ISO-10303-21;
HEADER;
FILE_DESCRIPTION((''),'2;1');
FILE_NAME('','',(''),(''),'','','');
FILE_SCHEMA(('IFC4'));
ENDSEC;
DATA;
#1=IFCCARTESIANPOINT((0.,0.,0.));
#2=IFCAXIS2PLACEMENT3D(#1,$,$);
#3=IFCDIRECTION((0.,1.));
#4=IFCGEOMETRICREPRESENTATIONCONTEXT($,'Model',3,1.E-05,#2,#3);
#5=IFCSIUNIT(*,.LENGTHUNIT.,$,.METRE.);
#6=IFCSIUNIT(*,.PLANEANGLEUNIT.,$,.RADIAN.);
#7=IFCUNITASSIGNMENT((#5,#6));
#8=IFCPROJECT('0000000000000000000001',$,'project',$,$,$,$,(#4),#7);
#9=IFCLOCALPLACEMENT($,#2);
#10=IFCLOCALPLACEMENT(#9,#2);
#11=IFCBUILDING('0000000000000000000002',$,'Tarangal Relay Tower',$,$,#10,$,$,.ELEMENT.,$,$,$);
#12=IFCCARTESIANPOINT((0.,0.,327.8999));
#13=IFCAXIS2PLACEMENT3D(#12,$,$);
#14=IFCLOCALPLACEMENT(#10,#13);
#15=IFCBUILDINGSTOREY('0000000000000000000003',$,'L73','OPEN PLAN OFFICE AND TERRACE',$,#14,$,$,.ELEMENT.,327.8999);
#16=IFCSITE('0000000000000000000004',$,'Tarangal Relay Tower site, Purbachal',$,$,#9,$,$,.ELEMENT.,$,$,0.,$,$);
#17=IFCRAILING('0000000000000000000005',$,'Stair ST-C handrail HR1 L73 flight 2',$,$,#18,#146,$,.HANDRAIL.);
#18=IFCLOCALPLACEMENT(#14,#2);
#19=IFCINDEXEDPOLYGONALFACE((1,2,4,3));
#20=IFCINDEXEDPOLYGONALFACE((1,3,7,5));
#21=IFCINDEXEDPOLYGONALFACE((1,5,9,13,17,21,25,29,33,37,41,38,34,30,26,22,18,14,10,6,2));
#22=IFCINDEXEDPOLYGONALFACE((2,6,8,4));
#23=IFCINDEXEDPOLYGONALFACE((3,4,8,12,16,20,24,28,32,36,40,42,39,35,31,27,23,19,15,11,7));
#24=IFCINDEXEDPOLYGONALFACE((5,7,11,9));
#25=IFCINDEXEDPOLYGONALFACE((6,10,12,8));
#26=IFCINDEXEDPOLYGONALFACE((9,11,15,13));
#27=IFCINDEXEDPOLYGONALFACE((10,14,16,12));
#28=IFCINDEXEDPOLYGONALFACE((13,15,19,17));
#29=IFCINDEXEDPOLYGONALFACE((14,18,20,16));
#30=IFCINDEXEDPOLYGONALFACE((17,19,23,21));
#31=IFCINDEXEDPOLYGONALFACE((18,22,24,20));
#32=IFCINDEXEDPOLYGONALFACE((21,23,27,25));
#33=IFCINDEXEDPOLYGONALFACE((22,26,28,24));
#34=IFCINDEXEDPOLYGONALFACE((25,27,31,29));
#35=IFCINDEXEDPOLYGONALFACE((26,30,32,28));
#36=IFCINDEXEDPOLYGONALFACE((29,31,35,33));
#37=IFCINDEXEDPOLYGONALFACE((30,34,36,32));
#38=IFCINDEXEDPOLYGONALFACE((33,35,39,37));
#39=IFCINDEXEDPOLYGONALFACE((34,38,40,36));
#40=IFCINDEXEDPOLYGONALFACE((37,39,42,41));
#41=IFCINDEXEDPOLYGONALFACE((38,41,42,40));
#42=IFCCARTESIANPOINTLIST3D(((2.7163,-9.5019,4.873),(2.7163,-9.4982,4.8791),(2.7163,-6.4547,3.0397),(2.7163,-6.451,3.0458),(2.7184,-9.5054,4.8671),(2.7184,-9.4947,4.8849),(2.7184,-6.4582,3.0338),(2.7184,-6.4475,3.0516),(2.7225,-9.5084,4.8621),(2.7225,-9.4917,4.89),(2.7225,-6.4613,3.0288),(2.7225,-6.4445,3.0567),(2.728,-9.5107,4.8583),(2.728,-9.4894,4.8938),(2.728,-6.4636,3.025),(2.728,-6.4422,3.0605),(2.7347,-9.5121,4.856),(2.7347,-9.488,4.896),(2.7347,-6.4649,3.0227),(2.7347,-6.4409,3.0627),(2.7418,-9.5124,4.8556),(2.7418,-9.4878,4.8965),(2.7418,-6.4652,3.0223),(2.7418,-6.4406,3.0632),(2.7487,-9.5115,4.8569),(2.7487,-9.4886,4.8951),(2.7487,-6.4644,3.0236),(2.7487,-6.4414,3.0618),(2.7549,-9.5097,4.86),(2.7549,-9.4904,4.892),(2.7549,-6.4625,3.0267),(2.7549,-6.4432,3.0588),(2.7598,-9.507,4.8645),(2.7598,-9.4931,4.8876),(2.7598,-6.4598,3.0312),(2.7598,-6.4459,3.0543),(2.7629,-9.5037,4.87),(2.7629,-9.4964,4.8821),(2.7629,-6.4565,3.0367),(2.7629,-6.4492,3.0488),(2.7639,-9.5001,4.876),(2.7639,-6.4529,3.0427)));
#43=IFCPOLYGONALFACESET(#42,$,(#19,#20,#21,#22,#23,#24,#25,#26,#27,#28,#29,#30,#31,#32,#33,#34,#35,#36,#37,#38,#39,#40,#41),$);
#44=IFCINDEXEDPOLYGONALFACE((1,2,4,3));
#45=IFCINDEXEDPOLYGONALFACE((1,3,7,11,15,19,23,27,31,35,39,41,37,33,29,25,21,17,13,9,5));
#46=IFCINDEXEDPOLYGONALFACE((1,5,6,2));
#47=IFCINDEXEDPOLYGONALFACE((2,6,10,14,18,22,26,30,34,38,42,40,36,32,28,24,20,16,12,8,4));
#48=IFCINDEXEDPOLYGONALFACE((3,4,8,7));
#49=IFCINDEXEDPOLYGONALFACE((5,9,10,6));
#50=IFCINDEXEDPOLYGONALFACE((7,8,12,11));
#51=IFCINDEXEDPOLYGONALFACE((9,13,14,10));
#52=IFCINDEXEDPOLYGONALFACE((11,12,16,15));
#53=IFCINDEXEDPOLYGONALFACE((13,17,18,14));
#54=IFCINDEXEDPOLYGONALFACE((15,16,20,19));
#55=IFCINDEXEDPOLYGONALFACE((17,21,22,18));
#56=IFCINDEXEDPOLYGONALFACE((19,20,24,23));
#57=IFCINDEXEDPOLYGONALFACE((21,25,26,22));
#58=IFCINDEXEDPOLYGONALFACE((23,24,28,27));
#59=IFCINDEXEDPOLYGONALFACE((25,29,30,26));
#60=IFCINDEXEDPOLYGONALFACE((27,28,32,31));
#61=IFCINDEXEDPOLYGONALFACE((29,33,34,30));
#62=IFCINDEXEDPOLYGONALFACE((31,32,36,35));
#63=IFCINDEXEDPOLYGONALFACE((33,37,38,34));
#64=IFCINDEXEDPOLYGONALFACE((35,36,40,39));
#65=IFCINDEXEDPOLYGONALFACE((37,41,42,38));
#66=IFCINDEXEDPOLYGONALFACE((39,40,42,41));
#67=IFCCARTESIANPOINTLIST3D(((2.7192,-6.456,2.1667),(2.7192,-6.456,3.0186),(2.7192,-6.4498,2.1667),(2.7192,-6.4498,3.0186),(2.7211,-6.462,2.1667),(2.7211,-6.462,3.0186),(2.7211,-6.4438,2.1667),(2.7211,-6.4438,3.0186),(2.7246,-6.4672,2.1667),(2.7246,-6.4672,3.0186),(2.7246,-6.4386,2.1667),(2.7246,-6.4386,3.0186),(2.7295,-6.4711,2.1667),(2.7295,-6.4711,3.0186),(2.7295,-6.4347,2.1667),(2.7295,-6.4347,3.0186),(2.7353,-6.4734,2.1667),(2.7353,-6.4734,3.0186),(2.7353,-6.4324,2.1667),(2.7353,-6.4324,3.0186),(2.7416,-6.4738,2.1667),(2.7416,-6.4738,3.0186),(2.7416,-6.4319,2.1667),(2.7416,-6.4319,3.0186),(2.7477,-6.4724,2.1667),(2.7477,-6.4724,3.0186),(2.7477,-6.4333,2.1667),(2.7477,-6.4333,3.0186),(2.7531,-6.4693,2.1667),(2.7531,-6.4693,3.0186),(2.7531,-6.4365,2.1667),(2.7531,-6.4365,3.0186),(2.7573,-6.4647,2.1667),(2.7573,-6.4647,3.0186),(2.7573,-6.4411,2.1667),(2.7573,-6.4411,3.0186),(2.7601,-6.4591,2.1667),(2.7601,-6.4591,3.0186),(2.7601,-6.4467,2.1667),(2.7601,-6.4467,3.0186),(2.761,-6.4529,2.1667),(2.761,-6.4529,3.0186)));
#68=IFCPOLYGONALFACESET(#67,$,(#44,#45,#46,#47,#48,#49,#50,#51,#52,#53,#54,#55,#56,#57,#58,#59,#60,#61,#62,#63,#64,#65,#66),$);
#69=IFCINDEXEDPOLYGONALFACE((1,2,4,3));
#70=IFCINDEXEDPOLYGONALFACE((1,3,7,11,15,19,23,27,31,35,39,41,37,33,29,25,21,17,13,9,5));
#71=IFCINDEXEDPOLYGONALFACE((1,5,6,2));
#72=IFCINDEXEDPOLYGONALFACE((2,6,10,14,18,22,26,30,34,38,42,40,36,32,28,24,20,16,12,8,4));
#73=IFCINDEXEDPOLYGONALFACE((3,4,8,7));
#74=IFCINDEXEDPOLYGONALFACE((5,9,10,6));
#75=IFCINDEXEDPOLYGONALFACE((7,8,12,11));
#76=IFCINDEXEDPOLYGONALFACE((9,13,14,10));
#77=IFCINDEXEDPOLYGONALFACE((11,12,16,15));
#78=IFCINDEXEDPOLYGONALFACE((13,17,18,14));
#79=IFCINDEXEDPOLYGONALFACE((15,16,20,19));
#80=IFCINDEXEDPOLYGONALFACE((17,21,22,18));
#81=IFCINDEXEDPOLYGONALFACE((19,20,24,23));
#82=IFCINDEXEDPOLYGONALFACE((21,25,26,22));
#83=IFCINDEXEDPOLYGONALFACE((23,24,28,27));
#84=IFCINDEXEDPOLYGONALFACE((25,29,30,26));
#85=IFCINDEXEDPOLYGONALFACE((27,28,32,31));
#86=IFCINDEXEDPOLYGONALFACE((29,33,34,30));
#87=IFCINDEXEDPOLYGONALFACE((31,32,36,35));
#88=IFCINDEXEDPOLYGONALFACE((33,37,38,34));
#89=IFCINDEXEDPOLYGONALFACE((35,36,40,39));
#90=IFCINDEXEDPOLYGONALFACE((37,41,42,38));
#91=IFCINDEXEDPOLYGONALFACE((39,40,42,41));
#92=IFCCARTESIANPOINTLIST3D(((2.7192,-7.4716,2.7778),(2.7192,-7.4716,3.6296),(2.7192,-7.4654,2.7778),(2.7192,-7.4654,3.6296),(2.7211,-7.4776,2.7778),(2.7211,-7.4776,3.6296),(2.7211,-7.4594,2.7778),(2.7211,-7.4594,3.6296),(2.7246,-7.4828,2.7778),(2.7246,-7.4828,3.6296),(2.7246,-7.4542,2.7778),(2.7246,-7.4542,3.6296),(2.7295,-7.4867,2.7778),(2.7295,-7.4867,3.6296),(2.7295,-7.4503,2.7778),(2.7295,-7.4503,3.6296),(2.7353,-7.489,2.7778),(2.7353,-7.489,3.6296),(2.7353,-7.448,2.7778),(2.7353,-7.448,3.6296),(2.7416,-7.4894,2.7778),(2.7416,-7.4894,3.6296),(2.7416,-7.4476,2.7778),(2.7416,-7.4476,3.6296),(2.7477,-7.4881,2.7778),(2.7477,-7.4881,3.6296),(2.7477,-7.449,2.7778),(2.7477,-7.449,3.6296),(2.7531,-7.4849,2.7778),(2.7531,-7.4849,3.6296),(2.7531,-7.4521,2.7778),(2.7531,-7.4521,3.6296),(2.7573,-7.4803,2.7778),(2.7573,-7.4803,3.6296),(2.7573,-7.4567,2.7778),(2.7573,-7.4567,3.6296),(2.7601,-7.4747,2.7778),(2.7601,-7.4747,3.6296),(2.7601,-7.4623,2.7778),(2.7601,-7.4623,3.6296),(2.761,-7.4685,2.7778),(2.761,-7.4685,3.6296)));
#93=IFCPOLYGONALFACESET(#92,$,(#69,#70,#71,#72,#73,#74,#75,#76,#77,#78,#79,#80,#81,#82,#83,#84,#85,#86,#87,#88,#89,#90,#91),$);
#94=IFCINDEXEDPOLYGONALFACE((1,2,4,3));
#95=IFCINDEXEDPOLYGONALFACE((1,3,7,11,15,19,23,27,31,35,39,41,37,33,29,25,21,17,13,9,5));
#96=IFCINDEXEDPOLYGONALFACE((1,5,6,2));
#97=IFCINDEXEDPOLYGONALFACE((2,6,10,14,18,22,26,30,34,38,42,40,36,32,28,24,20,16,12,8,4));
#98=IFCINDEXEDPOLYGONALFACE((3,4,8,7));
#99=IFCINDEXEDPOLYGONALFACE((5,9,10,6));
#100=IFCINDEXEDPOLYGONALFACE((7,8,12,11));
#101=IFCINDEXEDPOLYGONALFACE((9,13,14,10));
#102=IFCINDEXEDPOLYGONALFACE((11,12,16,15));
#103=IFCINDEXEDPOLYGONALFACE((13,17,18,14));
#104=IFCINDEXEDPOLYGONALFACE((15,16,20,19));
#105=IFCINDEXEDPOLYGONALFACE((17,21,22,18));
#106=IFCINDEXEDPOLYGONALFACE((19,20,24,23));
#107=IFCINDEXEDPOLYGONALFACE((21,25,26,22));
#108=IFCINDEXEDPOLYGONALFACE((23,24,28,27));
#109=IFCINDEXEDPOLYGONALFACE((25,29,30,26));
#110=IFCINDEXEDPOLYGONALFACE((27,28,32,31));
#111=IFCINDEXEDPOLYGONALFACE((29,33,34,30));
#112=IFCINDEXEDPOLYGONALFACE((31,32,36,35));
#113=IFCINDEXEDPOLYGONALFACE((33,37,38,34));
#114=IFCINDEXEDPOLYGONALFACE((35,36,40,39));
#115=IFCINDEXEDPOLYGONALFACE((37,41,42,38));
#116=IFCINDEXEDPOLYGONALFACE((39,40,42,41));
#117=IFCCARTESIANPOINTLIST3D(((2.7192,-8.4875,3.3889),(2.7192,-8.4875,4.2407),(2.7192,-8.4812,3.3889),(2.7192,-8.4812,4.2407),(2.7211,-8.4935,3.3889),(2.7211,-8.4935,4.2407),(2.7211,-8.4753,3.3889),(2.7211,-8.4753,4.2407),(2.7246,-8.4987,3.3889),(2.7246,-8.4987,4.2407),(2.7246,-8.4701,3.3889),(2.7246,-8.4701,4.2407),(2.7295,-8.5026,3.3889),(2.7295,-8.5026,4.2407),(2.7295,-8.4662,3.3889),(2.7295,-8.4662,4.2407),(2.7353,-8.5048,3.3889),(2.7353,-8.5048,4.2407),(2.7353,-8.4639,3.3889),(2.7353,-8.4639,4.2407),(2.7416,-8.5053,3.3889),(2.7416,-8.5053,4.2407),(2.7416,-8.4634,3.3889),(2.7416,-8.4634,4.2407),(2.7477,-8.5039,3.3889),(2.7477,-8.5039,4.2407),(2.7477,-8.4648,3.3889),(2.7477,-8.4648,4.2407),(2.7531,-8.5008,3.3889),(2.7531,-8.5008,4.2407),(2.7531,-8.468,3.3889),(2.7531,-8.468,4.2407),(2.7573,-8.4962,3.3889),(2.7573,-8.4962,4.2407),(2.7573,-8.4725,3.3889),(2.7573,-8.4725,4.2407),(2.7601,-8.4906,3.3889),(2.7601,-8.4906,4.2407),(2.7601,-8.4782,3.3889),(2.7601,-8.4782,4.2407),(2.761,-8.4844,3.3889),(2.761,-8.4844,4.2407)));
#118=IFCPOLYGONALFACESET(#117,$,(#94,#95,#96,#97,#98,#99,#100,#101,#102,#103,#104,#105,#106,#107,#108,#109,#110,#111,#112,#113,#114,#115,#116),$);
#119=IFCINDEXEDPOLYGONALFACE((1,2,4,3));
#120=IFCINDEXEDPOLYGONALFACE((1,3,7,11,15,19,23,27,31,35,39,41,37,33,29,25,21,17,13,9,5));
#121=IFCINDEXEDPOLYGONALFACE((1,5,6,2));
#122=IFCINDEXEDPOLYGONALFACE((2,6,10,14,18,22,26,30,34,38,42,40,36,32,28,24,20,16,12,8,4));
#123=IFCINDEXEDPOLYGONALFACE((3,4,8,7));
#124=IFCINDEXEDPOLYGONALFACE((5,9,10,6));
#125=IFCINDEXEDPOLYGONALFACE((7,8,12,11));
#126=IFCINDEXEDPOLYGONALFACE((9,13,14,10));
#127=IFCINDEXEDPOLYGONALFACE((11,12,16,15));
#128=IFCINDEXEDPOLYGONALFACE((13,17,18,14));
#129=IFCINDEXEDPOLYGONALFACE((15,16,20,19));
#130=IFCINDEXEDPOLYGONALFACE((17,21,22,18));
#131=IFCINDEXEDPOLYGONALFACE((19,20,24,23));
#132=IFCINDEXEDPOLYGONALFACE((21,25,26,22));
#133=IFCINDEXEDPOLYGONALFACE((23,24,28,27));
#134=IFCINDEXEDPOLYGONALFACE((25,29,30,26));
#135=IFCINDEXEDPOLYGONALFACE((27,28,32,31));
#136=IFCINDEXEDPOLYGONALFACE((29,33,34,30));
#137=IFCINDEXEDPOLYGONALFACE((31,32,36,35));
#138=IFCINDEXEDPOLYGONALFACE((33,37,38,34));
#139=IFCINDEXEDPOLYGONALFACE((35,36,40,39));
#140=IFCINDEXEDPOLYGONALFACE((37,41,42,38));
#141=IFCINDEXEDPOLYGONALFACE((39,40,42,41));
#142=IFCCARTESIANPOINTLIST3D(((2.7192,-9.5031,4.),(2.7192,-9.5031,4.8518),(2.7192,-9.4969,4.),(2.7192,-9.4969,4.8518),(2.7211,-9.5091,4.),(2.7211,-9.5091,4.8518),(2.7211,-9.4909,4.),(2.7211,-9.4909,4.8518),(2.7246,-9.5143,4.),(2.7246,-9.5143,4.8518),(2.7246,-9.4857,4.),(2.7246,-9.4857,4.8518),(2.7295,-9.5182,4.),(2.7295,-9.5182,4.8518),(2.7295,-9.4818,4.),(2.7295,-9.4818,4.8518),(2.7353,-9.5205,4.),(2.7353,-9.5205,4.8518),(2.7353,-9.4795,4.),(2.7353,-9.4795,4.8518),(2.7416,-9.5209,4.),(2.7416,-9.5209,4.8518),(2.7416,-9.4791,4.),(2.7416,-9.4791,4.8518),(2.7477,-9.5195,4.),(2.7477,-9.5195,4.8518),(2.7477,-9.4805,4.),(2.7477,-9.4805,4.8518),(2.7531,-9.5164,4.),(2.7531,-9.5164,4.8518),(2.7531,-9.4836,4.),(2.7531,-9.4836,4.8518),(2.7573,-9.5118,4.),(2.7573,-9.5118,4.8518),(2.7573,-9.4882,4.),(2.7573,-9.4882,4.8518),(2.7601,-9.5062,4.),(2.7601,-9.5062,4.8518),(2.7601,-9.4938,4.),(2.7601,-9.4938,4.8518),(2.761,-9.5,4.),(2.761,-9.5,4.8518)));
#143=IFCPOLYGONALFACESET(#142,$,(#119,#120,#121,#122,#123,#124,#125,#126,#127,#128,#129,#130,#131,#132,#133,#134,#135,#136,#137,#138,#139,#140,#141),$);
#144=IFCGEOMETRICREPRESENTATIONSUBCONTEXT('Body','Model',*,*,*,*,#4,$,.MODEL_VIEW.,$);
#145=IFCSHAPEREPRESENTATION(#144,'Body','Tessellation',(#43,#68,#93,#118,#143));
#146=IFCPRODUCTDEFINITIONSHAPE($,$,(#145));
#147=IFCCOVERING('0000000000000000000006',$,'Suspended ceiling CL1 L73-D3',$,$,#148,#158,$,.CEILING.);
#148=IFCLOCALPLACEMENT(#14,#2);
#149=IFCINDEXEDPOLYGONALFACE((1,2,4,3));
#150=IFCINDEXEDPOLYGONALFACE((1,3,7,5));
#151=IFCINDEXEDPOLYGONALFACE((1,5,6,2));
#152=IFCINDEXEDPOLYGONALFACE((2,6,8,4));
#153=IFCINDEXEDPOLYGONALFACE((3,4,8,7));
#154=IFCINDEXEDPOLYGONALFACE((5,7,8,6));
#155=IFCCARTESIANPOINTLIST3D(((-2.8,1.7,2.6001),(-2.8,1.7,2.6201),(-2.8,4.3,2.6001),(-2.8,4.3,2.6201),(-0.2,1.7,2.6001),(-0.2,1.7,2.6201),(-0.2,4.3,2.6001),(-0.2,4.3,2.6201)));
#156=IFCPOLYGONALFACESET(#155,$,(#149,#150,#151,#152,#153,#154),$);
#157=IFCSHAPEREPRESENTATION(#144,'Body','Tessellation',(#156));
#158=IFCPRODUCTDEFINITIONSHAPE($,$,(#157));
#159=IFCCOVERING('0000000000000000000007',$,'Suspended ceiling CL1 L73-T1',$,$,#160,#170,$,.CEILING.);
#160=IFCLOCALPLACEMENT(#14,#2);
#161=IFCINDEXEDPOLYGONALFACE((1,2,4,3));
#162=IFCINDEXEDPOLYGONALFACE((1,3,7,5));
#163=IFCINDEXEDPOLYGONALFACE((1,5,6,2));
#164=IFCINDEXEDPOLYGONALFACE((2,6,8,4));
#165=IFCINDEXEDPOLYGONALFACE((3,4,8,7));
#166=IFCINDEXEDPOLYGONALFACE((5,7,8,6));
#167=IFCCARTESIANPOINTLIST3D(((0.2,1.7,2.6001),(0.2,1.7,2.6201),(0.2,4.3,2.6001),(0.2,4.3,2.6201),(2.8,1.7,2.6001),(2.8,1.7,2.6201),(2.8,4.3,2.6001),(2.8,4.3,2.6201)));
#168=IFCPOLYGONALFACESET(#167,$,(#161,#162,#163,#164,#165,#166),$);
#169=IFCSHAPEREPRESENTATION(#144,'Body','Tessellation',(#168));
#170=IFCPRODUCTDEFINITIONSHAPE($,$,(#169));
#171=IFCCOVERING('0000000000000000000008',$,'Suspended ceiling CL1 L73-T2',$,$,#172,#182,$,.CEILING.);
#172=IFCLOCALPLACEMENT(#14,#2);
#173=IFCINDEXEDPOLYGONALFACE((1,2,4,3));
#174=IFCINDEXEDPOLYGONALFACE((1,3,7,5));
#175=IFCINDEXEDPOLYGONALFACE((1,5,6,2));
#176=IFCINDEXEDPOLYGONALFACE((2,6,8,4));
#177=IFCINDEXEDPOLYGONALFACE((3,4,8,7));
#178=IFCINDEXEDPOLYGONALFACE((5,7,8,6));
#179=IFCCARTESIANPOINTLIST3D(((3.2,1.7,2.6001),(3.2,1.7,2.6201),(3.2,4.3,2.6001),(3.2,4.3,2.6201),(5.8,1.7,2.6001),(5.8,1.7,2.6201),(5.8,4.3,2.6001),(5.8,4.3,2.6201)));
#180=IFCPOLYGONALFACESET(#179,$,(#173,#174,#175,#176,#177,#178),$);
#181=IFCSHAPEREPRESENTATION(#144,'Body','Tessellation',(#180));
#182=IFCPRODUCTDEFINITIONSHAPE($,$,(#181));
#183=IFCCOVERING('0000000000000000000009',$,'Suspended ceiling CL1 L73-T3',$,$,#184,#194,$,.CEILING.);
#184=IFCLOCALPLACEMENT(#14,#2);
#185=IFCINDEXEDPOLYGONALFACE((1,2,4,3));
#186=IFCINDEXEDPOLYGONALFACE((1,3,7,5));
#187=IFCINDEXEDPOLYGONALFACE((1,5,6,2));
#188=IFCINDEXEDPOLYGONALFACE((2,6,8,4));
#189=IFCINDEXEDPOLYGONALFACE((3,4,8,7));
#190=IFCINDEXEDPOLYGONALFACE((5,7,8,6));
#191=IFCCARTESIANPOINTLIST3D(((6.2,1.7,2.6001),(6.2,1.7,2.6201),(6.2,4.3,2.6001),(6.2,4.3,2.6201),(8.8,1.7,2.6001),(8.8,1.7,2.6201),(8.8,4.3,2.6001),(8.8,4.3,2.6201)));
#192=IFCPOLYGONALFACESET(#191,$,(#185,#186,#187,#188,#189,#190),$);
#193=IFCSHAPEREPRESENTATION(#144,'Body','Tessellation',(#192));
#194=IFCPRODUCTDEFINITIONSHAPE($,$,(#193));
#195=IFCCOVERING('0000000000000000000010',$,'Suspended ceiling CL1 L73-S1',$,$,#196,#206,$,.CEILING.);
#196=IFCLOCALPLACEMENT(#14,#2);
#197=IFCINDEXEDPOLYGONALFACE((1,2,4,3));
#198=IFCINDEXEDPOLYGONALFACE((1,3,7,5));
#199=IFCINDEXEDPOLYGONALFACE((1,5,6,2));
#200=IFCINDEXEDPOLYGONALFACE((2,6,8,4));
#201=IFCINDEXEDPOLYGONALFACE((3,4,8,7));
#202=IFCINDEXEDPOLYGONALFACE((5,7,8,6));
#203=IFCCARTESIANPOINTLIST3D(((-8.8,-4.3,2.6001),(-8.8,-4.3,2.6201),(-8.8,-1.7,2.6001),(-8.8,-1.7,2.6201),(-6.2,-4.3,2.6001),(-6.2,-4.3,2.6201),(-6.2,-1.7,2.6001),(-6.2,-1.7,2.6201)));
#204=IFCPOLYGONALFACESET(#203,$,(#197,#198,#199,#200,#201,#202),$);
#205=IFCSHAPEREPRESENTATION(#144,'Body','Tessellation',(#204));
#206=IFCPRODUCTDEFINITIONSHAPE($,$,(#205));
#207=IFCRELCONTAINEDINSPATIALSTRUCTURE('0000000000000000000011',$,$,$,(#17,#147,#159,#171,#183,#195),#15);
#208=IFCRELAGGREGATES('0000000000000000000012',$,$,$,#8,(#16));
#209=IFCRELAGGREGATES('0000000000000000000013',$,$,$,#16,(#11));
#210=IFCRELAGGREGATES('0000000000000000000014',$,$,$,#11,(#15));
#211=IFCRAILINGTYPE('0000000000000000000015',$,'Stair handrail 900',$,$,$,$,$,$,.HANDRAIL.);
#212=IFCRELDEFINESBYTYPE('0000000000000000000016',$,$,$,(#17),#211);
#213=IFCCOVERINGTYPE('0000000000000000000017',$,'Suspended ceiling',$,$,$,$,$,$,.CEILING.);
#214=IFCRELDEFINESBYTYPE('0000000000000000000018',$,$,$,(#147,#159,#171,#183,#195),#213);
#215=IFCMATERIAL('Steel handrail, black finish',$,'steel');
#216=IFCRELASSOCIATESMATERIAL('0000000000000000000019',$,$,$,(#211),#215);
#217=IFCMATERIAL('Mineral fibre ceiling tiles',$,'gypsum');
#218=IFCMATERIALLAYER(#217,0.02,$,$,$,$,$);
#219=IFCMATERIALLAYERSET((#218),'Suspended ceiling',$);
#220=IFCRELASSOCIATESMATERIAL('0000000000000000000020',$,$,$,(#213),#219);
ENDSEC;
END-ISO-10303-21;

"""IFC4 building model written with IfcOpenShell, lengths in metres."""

from ifc_helpers import new_model, si_unit, direction, frame, origin, origin_2d, place, context, subcontext, project, spatial, polyline, circle, outline, extrude, material, layer, layer_set, type_object, element, save


model = new_model("IFC4")

# Units and contexts
model_context = context("Model", 3, precision=1e-05, world=origin(), true_north=direction((0.0, 1.0)))
body_context = subcontext(model_context, "Body", "Model", "MODEL_VIEW")
ifc_project = project(units=[si_unit("LENGTHUNIT", "METRE"), si_unit("PLANEANGLEUNIT", "RADIAN")], contexts=[model_context])

# Site, building, storey
site_placement = place(None, origin())
site = spatial("IfcSite", under=ifc_project, at=site_placement, Name="Tarangal Relay Tower site, Purbachal", CompositionType="ELEMENT", RefElevation=0.0)
building_placement = place(site_placement, origin())
building = spatial("IfcBuilding", under=site, at=building_placement, Name="Tarangal Relay Tower", CompositionType="ELEMENT")
storey_placement = place(building_placement, frame((0.0, 0.0, 327.8999)))
storey = spatial("IfcBuildingStorey", under=building, at=storey_placement, Name="L73", Description="OPEN PLAN OFFICE AND TERRACE", CompositionType="ELEMENT", Elevation=327.8999)

# Railing
ifc_material_1 = material(Name="Steel handrail, black finish", Category="steel")
railing_type = type_object("IfcRailingType", Name="Stair handrail 900", PredefinedType="HANDRAIL", material=ifc_material_1)
railing_placement = place(storey_placement, frame((2.74, -6.4529, 2.1667)))
element("IfcRailing", 1, at=railing_placement, inside=storey, type_object=railing_type, Name="Stair ST-C handrail HR1 L73 flight 2", PredefinedType="HANDRAIL", context=body_context, shape_type="SweptSolid", body=[
    extrude(circle(Radius=0.0239, at=origin_2d()), frame((0.0, 0.0, 0.876), z_axis=(0.0, -0.856874, 0.515525), x_axis=(1.0, 0.0, 0.0)), (0.0, 0.0, 1.0), 3.5562),
    extrude(circle(Radius=0.021, at=origin_2d()), origin(), (0.0, 0.0, 1.0), 0.8518),
    extrude(circle(Radius=0.021, at=origin_2d()), frame((0.0, -1.0156, 0.6111)), (0.0, 0.0, 1.0), 0.8518),
    extrude(circle(Radius=0.021, at=origin_2d()), frame((0.0, -2.0315, 1.2222)), (0.0, 0.0, 1.0), 0.8518),
    extrude(circle(Radius=0.021, at=origin_2d()), frame((0.0, -3.0471, 1.8333)), (0.0, 0.0, 1.0), 0.8518),
])

# Coverings
ifc_material_2 = material(Name="Mineral fibre ceiling tiles", Category="gypsum")
ifc_layer_1 = layer(ifc_material_2, 0.02)
ifc_layer_set_1 = layer_set([ifc_layer_1], Name="Suspended ceiling")
covering_type_1 = type_object("IfcCoveringType", Name="Suspended ceiling", PredefinedType="CEILING", material=ifc_layer_set_1)
covering_1_placement = place(storey_placement, frame((0.0, 0.0, 2.6001)))
element("IfcCovering", 2, at=covering_1_placement, inside=storey, type_object=covering_type_1, Name="Suspended ceiling CL1 L73-D3", PredefinedType="CEILING", context=body_context, shape_type="SweptSolid", body=[
    extrude(outline(polyline([(-2.8, 1.7), (-0.2, 1.7), (-0.2, 4.3), (-2.8, 4.3), (-2.8, 1.7)])), origin(), (0.0, 0.0, 1.0), 0.02),
])
covering_2_placement = place(storey_placement, frame((0.0, 0.0, 2.6001)))
element("IfcCovering", 3, at=covering_2_placement, inside=storey, type_object=covering_type_1, Name="Suspended ceiling CL1 L73-T1", PredefinedType="CEILING", context=body_context, shape_type="SweptSolid", body=[
    extrude(outline(polyline([(0.2, 1.7), (2.8, 1.7), (2.8, 4.3), (0.2, 4.3), (0.2, 1.7)])), origin(), (0.0, 0.0, 1.0), 0.02),
])
covering_3_placement = place(storey_placement, frame((0.0, 0.0, 2.6001)))
element("IfcCovering", 4, at=covering_3_placement, inside=storey, type_object=covering_type_1, Name="Suspended ceiling CL1 L73-T2", PredefinedType="CEILING", context=body_context, shape_type="SweptSolid", body=[
    extrude(outline(polyline([(3.2, 1.7), (5.8, 1.7), (5.8, 4.3), (3.2, 4.3), (3.2, 1.7)])), origin(), (0.0, 0.0, 1.0), 0.02),
])
covering_4_placement = place(storey_placement, frame((0.0, 0.0, 2.6001)))
element("IfcCovering", 5, at=covering_4_placement, inside=storey, type_object=covering_type_1, Name="Suspended ceiling CL1 L73-T3", PredefinedType="CEILING", context=body_context, shape_type="SweptSolid", body=[
    extrude(outline(polyline([(6.2, 1.7), (8.8, 1.7), (8.8, 4.3), (6.2, 4.3), (6.2, 1.7)])), origin(), (0.0, 0.0, 1.0), 0.02),
])
covering_5_placement = place(storey_placement, frame((0.0, 0.0, 2.6001)))
element("IfcCovering", 6, at=covering_5_placement, inside=storey, type_object=covering_type_1, Name="Suspended ceiling CL1 L73-S1", PredefinedType="CEILING", context=body_context, shape_type="SweptSolid", body=[
    extrude(outline(polyline([(-8.8, -4.3), (-6.2, -4.3), (-6.2, -1.7), (-8.8, -1.7), (-8.8, -4.3)])), origin(), (0.0, 0.0, 1.0), 0.02),
])

save(model, "model.ifc")
